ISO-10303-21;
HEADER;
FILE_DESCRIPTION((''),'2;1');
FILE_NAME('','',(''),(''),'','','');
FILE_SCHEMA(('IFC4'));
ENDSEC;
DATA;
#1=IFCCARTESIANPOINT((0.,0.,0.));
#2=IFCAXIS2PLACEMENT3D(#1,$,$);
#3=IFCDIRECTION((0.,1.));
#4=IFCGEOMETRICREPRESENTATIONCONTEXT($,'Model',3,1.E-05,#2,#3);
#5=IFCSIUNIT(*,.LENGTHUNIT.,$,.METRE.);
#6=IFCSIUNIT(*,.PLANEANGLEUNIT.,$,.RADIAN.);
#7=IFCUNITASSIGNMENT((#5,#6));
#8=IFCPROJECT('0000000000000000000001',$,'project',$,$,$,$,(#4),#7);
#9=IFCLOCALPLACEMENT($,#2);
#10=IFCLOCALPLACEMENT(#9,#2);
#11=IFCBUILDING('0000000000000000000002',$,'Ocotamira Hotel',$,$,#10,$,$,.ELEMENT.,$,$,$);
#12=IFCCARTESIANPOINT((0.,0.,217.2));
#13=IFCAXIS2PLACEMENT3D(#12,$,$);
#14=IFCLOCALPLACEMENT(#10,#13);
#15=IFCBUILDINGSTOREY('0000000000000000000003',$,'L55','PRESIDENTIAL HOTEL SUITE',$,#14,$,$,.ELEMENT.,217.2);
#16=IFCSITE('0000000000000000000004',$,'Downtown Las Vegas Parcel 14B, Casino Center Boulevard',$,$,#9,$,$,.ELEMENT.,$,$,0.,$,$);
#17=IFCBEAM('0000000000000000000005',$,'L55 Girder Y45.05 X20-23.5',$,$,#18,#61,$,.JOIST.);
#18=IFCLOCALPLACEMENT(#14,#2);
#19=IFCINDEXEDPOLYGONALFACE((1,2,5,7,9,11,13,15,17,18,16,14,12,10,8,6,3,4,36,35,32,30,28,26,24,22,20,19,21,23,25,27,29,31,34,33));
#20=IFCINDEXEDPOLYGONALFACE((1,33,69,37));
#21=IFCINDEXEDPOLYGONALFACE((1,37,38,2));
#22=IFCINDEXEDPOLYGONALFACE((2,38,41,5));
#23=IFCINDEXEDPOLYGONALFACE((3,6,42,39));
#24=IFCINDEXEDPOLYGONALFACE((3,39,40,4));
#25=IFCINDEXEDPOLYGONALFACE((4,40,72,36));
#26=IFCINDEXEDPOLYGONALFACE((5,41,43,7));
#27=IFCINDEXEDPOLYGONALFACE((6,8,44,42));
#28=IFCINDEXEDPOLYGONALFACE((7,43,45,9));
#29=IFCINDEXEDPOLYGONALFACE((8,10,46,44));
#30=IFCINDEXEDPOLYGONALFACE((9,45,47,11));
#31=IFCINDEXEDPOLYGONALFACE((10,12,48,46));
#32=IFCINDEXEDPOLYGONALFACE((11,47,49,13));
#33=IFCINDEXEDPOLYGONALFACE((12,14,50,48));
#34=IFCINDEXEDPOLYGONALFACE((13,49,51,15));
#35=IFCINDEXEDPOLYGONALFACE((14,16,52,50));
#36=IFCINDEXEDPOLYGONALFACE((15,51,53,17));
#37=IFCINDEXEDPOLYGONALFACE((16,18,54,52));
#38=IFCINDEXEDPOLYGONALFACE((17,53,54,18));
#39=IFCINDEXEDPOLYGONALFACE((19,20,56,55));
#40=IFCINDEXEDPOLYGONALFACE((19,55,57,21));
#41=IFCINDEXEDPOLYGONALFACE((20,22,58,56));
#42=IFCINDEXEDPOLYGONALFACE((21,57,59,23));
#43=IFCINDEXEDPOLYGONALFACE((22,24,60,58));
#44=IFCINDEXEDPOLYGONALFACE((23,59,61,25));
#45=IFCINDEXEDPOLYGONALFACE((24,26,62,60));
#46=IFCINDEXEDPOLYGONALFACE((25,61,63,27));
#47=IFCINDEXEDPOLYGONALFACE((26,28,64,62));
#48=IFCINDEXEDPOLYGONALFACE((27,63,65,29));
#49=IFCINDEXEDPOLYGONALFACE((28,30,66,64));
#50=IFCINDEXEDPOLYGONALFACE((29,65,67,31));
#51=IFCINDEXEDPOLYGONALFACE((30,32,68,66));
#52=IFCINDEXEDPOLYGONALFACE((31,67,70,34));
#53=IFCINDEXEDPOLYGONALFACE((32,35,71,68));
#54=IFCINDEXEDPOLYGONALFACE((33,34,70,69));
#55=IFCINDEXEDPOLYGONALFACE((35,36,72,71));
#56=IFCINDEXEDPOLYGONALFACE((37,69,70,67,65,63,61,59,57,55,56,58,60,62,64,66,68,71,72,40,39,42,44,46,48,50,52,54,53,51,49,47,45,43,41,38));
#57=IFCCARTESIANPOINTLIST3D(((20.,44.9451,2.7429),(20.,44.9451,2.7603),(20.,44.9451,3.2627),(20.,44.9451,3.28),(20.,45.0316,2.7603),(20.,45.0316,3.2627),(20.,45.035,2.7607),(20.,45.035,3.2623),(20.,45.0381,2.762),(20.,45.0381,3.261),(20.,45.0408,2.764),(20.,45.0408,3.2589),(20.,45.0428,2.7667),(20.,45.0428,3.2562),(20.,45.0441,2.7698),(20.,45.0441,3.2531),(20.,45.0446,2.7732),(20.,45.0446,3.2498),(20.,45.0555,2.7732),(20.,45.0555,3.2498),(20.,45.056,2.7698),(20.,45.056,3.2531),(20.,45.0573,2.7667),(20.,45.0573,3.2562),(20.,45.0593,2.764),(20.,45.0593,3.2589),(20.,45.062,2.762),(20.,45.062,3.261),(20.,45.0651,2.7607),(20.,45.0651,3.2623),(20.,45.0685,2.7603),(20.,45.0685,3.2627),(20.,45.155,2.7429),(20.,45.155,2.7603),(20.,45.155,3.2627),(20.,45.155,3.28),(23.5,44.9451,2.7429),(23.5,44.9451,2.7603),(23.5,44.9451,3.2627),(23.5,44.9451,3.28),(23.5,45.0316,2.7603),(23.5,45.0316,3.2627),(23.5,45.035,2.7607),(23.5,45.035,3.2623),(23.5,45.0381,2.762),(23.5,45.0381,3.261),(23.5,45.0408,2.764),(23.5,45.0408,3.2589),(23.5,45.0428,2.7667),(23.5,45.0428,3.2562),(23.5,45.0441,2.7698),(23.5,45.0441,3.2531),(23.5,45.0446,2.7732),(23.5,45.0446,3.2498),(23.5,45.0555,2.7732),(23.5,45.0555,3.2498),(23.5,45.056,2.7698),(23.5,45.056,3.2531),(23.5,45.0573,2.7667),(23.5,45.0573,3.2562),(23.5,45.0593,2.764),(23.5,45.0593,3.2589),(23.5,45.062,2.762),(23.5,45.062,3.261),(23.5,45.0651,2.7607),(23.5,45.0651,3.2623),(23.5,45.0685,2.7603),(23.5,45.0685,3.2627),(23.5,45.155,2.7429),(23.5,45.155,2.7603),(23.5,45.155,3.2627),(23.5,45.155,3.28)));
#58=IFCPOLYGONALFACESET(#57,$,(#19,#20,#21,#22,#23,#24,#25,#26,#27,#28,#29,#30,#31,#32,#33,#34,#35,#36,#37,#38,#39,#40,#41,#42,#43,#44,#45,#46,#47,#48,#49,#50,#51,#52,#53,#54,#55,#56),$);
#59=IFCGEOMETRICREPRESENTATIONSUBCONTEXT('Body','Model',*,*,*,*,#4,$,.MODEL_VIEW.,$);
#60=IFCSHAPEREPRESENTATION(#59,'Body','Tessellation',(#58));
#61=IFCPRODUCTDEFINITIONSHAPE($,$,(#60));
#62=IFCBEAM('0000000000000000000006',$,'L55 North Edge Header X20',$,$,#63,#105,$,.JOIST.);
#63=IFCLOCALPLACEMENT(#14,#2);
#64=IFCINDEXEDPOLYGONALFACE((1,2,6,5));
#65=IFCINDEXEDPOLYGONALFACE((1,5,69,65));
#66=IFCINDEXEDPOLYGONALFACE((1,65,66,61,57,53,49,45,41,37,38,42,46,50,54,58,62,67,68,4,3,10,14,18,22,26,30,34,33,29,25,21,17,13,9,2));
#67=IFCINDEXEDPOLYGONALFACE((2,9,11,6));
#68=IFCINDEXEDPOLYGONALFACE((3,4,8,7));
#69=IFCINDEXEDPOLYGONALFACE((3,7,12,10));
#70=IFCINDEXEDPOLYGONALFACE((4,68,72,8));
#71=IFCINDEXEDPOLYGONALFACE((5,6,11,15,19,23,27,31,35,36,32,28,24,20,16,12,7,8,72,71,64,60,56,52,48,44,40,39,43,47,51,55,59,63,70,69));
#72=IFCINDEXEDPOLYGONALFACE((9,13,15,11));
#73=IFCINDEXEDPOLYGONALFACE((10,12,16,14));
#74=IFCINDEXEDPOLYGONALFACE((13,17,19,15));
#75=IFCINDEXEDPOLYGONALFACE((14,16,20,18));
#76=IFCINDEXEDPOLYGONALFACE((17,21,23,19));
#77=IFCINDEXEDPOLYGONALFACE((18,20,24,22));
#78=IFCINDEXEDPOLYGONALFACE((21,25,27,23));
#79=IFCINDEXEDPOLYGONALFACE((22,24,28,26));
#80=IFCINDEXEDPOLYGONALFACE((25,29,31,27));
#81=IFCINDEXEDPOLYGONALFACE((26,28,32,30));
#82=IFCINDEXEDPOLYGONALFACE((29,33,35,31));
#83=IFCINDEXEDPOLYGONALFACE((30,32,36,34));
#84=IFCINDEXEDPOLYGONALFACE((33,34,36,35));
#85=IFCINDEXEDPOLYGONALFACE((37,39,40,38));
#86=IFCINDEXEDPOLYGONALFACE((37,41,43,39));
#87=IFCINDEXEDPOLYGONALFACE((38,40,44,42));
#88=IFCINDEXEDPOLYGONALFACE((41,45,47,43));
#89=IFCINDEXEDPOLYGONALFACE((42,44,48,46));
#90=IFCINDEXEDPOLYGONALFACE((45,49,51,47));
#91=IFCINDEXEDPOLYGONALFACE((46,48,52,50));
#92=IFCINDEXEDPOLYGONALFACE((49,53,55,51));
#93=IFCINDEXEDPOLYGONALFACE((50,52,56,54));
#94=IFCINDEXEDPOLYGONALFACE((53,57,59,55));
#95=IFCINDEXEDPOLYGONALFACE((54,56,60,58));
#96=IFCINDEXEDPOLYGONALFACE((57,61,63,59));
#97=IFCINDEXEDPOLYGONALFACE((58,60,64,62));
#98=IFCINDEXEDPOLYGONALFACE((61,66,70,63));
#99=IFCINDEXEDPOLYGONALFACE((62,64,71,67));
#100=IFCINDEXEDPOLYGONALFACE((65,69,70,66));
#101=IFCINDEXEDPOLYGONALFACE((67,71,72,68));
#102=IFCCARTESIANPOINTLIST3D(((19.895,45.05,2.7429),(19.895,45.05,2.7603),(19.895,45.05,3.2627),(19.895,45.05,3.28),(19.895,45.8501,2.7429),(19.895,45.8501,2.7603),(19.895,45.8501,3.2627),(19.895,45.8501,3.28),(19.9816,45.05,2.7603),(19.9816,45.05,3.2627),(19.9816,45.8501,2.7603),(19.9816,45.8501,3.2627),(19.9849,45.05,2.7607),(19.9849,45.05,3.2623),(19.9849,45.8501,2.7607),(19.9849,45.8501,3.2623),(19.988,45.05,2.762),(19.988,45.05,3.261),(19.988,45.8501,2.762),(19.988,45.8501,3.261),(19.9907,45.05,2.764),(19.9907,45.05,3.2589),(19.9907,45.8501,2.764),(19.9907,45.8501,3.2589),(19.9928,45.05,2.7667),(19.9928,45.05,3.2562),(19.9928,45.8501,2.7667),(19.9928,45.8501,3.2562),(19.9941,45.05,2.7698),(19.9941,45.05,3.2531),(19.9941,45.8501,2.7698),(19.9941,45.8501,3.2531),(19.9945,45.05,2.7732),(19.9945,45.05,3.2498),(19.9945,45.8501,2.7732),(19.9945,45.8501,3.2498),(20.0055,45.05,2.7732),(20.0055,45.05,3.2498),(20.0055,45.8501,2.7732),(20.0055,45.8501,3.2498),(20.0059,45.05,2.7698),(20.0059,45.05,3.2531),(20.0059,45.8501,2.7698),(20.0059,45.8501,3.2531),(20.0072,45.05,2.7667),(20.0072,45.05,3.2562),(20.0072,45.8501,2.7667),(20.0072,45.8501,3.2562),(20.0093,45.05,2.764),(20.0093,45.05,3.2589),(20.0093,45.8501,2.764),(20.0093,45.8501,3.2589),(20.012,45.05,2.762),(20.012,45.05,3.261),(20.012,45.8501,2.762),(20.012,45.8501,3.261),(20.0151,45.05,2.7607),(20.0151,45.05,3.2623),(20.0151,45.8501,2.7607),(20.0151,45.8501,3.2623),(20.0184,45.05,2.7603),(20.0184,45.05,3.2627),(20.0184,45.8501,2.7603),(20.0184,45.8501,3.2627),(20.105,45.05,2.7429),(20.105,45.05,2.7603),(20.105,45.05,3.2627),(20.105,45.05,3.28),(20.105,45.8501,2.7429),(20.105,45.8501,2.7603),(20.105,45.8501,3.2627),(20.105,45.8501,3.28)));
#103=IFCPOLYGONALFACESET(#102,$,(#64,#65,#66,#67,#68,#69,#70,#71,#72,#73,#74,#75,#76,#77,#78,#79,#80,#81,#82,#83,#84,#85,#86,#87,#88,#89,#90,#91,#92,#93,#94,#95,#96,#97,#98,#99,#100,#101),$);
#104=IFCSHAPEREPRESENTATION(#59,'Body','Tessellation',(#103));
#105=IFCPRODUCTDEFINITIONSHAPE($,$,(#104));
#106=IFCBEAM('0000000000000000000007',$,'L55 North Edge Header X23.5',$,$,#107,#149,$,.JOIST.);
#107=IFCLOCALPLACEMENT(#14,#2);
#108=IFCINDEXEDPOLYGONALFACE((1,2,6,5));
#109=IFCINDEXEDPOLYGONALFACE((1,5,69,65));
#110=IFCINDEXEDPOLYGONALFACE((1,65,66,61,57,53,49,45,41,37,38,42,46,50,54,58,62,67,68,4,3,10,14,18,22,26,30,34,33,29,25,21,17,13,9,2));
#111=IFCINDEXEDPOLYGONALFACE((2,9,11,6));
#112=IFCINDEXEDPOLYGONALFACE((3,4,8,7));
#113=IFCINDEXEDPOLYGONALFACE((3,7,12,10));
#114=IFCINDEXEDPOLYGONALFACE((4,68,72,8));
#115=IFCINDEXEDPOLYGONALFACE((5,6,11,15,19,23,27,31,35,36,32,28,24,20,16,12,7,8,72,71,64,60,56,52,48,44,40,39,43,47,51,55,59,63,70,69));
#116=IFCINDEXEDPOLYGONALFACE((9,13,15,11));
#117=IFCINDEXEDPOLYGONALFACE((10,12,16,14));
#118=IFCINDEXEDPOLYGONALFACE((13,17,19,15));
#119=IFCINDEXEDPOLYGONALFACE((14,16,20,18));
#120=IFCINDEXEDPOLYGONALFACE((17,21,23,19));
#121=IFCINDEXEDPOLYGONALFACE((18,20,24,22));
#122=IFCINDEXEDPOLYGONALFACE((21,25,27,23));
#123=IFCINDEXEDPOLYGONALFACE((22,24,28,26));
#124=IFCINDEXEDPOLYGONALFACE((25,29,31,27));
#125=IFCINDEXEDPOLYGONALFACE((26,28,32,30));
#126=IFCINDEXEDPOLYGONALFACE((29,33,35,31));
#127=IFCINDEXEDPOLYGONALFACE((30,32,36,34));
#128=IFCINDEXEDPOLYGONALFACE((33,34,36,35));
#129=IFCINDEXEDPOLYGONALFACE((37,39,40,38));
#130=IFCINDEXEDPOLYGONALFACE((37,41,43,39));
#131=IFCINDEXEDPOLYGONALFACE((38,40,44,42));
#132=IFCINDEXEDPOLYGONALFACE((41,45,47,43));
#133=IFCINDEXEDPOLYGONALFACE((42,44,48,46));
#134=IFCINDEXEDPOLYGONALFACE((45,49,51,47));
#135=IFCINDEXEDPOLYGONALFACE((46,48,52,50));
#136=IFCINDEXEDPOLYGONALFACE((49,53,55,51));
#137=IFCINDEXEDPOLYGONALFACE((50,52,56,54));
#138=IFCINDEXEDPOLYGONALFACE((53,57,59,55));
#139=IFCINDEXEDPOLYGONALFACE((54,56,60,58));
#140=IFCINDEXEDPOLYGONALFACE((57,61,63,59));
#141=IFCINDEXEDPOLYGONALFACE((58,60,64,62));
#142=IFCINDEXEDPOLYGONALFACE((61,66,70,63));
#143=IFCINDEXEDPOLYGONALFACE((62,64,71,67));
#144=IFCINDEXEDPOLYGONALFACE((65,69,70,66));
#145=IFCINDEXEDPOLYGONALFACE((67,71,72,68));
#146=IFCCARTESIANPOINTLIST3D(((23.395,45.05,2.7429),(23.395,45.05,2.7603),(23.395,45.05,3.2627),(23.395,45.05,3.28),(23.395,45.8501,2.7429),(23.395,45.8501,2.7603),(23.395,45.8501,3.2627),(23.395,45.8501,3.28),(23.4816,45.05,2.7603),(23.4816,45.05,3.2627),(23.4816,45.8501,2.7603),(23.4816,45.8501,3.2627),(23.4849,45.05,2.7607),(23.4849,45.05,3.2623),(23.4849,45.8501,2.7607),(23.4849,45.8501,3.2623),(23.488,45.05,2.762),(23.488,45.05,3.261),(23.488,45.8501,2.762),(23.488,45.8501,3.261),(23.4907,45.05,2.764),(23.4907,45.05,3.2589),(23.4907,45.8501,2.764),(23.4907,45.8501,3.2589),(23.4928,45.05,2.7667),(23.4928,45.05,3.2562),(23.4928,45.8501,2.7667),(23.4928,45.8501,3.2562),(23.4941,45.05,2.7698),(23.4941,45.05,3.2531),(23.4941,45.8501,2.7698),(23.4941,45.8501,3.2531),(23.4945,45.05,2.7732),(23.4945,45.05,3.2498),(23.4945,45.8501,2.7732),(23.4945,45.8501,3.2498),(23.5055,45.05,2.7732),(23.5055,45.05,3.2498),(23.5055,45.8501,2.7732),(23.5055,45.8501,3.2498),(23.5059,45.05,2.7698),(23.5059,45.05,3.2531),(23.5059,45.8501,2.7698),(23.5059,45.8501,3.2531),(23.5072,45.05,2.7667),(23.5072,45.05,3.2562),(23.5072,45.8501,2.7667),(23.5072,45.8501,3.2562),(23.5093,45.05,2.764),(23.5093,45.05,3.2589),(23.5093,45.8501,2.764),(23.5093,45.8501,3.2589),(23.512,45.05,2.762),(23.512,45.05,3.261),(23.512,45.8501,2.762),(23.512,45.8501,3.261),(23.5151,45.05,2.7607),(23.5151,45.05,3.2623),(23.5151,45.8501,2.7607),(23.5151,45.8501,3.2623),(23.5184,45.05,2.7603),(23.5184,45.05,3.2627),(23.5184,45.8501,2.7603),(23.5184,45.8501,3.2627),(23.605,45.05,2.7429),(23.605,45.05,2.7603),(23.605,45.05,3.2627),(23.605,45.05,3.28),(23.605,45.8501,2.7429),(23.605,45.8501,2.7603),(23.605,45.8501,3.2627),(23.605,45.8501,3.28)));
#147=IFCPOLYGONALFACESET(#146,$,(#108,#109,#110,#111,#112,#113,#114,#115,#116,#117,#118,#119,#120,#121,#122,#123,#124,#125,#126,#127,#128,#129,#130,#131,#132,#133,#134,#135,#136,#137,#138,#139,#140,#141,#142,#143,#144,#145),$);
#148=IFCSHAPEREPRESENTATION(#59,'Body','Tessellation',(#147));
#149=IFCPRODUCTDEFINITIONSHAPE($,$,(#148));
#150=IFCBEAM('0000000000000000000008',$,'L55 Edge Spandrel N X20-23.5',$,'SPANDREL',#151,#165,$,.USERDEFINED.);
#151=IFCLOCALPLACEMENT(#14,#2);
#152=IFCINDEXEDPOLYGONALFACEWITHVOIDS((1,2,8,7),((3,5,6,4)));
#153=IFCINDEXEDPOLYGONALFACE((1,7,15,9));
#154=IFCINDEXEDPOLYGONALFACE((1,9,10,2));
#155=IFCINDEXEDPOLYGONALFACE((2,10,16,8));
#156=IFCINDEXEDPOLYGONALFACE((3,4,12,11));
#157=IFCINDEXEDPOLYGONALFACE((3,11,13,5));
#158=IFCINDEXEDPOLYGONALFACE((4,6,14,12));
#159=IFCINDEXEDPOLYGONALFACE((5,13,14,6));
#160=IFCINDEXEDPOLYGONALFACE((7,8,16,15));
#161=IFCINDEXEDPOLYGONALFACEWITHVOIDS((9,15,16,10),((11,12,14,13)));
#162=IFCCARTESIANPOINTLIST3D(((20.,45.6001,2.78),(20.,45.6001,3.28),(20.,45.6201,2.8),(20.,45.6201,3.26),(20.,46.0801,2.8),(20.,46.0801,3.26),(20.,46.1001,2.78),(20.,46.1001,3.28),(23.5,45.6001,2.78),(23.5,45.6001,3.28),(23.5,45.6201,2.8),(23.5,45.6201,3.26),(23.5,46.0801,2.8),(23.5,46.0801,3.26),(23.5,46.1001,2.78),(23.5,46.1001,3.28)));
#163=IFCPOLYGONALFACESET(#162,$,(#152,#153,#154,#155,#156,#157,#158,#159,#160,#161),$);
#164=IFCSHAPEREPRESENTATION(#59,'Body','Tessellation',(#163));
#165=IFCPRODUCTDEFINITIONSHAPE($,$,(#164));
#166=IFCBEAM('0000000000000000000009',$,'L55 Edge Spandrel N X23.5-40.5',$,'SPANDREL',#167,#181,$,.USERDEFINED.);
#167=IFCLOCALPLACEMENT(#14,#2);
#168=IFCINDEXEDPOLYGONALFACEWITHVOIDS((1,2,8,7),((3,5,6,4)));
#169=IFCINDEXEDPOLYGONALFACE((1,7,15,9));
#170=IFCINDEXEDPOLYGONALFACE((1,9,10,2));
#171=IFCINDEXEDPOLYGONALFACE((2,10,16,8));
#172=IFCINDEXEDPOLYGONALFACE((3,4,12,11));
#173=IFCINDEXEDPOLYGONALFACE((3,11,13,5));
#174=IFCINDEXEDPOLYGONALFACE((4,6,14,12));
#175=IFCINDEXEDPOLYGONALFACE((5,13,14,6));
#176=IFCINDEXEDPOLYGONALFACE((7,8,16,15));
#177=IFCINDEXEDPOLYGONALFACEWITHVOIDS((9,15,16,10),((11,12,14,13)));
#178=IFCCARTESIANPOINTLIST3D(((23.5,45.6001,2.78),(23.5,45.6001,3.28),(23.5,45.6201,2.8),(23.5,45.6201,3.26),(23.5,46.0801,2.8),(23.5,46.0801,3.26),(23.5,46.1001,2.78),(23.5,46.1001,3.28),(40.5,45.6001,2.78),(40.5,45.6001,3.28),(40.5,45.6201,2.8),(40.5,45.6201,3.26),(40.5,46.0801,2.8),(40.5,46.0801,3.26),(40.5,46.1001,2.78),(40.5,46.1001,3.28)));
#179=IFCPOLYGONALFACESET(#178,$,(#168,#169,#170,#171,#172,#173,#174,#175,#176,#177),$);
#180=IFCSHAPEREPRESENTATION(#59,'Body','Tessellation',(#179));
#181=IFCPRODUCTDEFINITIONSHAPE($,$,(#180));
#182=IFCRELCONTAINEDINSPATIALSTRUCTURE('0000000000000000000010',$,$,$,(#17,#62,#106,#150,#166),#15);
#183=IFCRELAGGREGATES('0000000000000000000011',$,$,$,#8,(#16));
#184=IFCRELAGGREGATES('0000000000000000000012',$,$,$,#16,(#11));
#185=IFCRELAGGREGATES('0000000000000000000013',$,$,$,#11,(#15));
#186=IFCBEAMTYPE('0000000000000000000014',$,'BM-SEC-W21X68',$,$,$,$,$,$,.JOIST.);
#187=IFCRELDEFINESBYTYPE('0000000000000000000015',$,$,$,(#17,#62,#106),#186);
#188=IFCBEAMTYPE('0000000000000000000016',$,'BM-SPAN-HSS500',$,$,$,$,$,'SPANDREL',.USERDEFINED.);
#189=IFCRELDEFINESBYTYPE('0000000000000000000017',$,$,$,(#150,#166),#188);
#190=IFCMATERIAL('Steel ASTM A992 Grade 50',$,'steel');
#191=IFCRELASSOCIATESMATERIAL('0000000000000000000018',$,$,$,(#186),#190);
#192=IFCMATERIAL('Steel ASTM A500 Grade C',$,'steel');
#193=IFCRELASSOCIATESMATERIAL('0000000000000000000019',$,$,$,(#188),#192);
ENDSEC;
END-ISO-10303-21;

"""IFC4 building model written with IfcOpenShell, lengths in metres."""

from ifc_helpers import new_model, si_unit, direction, frame, origin, origin_2d, place, context, subcontext, project, spatial, hollow_rectangle, i_section, extrude, source, transform, mapped, material, material_profile, profile_set, type_object, element, save


model = new_model("IFC4")

# Units and contexts
model_context = context("Model", 3, precision=1e-05, world=origin(), true_north=direction((0.0, 1.0)))
body_context = subcontext(model_context, "Body", "Model", "MODEL_VIEW")
ifc_project = project(units=[si_unit("LENGTHUNIT", "METRE"), si_unit("PLANEANGLEUNIT", "RADIAN")], contexts=[model_context])

# Site, building, storey
site_placement = place(None, origin())
site = spatial("IfcSite", under=ifc_project, at=site_placement, Name="Downtown Las Vegas Parcel 14B, Casino Center Boulevard", CompositionType="ELEMENT", RefElevation=0.0)
building_placement = place(site_placement, origin())
building = spatial("IfcBuilding", under=site, at=building_placement, Name="Ocotamira Hotel", CompositionType="ELEMENT")
storey_placement = place(building_placement, frame((0.0, 0.0, 217.2)))
storey = spatial("IfcBuildingStorey", under=building, at=storey_placement, Name="L55", Description="PRESIDENTIAL HOTEL SUITE", CompositionType="ELEMENT", Elevation=217.2)

# Beams
ifc_material_1 = material(Name="Steel ASTM A992 Grade 50", Category="steel")
ifc_material_profile_1 = material_profile(ifc_material_1, i_section(OverallWidth=0.21, OverallDepth=0.5371, WebThickness=0.011, FlangeThickness=0.0173, FilletRadius=0.0129, at=origin_2d()), Name="W21X68")
ifc_profile_set_1 = profile_set([ifc_material_profile_1], Name="Steel ASTM A992 Grade 50")
beam_type_1 = type_object("IfcBeamType", Name="BM-SEC-W21X68", PredefinedType="JOIST", material=ifc_profile_set_1)
shared_shape_1 = source(origin(), body_context, "Body", "SweptSolid", [
    extrude(i_section(OverallWidth=0.21, OverallDepth=0.5371, WebThickness=0.011, FlangeThickness=0.0173, FilletRadius=0.0129, at=origin_2d()), origin(), (0.0, 0.0, 1.0), 3.5),
])
beam_1_placement = place(storey_placement, frame((20.0, 45.05, 3.0115), z_axis=(1.0, 0.0, 0.0), x_axis=(0.0, 1.0, 0.0)))
element("IfcBeam", 1, at=beam_1_placement, inside=storey, type_object=beam_type_1, Name="L55 Girder Y45.05 X20-23.5", PredefinedType="JOIST", context=body_context, shape_type="MappedRepresentation", body=[
    mapped(shared_shape_1, transform((0.0, 0.0, 0.0), scale=1.0)),
])
shared_shape_2 = source(origin(), body_context, "Body", "SweptSolid", [
    extrude(i_section(OverallWidth=0.21, OverallDepth=0.5371, WebThickness=0.011, FlangeThickness=0.0173, FilletRadius=0.0129, at=origin_2d()), origin(), (0.0, 0.0, 1.0), 0.8),
])
for number, where, z_axis, x_axis, name in (
    (2, (20.0, 45.05, 3.0115), (0.0, 1.0, 0.0), (-1.0, 0.0, 0.0), "L55 North Edge Header X20"),
    (3, (23.5, 45.05, 3.0115), (0.0, 1.0, 0.0), (-1.0, 0.0, 0.0), "L55 North Edge Header X23.5"),
):
    element("IfcBeam", number, at=place(storey_placement, frame(where, z_axis=z_axis, x_axis=x_axis)), inside=storey, type_object=beam_type_1, Name=name, PredefinedType="JOIST", context=body_context, shape_type="MappedRepresentation", body=[
        mapped(shared_shape_2, transform((0.0, 0.0, 0.0), scale=1.0)),
    ])
ifc_material_2 = material(Name="Steel ASTM A500 Grade C", Category="steel")
ifc_material_profile_2 = material_profile(ifc_material_2, hollow_rectangle(XDim=0.5, YDim=0.5, WallThickness=0.02, at=origin_2d()), Name="HSS500X500X20")
ifc_profile_set_2 = profile_set([ifc_material_profile_2], Name="Steel ASTM A500 Grade C")
beam_type_2 = type_object("IfcBeamType", Name="BM-SPAN-HSS500", ElementType="SPANDREL", PredefinedType="USERDEFINED", material=ifc_profile_set_2)
shared_shape_3 = source(origin(), body_context, "Body", "SweptSolid", [
    extrude(hollow_rectangle(XDim=0.5, YDim=0.5, WallThickness=0.02, at=origin_2d()), origin(), (0.0, 0.0, 1.0), 3.5),
])
beam_2_placement = place(storey_placement, frame((20.0, 45.8501, 3.03), z_axis=(1.0, 0.0, 0.0), x_axis=(0.0, 1.0, 0.0)))
element("IfcBeam", 4, at=beam_2_placement, inside=storey, type_object=beam_type_2, Name="L55 Edge Spandrel N X20-23.5", ObjectType="SPANDREL", PredefinedType="USERDEFINED", context=body_context, shape_type="MappedRepresentation", body=[
    mapped(shared_shape_3, transform((0.0, 0.0, 0.0), scale=1.0)),
])
shared_shape_4 = source(origin(), body_context, "Body", "SweptSolid", [
    extrude(hollow_rectangle(XDim=0.5, YDim=0.5, WallThickness=0.02, at=origin_2d()), origin(), (0.0, 0.0, 1.0), 17.0),
])
beam_3_placement = place(storey_placement, frame((23.5, 45.8501, 3.03), z_axis=(1.0, 0.0, 0.0), x_axis=(0.0, 1.0, 0.0)))
element("IfcBeam", 5, at=beam_3_placement, inside=storey, type_object=beam_type_2, Name="L55 Edge Spandrel N X23.5-40.5", ObjectType="SPANDREL", PredefinedType="USERDEFINED", context=body_context, shape_type="MappedRepresentation", body=[
    mapped(shared_shape_4, transform((0.0, 0.0, 0.0), scale=1.0)),
])

save(model, "model.ifc")
